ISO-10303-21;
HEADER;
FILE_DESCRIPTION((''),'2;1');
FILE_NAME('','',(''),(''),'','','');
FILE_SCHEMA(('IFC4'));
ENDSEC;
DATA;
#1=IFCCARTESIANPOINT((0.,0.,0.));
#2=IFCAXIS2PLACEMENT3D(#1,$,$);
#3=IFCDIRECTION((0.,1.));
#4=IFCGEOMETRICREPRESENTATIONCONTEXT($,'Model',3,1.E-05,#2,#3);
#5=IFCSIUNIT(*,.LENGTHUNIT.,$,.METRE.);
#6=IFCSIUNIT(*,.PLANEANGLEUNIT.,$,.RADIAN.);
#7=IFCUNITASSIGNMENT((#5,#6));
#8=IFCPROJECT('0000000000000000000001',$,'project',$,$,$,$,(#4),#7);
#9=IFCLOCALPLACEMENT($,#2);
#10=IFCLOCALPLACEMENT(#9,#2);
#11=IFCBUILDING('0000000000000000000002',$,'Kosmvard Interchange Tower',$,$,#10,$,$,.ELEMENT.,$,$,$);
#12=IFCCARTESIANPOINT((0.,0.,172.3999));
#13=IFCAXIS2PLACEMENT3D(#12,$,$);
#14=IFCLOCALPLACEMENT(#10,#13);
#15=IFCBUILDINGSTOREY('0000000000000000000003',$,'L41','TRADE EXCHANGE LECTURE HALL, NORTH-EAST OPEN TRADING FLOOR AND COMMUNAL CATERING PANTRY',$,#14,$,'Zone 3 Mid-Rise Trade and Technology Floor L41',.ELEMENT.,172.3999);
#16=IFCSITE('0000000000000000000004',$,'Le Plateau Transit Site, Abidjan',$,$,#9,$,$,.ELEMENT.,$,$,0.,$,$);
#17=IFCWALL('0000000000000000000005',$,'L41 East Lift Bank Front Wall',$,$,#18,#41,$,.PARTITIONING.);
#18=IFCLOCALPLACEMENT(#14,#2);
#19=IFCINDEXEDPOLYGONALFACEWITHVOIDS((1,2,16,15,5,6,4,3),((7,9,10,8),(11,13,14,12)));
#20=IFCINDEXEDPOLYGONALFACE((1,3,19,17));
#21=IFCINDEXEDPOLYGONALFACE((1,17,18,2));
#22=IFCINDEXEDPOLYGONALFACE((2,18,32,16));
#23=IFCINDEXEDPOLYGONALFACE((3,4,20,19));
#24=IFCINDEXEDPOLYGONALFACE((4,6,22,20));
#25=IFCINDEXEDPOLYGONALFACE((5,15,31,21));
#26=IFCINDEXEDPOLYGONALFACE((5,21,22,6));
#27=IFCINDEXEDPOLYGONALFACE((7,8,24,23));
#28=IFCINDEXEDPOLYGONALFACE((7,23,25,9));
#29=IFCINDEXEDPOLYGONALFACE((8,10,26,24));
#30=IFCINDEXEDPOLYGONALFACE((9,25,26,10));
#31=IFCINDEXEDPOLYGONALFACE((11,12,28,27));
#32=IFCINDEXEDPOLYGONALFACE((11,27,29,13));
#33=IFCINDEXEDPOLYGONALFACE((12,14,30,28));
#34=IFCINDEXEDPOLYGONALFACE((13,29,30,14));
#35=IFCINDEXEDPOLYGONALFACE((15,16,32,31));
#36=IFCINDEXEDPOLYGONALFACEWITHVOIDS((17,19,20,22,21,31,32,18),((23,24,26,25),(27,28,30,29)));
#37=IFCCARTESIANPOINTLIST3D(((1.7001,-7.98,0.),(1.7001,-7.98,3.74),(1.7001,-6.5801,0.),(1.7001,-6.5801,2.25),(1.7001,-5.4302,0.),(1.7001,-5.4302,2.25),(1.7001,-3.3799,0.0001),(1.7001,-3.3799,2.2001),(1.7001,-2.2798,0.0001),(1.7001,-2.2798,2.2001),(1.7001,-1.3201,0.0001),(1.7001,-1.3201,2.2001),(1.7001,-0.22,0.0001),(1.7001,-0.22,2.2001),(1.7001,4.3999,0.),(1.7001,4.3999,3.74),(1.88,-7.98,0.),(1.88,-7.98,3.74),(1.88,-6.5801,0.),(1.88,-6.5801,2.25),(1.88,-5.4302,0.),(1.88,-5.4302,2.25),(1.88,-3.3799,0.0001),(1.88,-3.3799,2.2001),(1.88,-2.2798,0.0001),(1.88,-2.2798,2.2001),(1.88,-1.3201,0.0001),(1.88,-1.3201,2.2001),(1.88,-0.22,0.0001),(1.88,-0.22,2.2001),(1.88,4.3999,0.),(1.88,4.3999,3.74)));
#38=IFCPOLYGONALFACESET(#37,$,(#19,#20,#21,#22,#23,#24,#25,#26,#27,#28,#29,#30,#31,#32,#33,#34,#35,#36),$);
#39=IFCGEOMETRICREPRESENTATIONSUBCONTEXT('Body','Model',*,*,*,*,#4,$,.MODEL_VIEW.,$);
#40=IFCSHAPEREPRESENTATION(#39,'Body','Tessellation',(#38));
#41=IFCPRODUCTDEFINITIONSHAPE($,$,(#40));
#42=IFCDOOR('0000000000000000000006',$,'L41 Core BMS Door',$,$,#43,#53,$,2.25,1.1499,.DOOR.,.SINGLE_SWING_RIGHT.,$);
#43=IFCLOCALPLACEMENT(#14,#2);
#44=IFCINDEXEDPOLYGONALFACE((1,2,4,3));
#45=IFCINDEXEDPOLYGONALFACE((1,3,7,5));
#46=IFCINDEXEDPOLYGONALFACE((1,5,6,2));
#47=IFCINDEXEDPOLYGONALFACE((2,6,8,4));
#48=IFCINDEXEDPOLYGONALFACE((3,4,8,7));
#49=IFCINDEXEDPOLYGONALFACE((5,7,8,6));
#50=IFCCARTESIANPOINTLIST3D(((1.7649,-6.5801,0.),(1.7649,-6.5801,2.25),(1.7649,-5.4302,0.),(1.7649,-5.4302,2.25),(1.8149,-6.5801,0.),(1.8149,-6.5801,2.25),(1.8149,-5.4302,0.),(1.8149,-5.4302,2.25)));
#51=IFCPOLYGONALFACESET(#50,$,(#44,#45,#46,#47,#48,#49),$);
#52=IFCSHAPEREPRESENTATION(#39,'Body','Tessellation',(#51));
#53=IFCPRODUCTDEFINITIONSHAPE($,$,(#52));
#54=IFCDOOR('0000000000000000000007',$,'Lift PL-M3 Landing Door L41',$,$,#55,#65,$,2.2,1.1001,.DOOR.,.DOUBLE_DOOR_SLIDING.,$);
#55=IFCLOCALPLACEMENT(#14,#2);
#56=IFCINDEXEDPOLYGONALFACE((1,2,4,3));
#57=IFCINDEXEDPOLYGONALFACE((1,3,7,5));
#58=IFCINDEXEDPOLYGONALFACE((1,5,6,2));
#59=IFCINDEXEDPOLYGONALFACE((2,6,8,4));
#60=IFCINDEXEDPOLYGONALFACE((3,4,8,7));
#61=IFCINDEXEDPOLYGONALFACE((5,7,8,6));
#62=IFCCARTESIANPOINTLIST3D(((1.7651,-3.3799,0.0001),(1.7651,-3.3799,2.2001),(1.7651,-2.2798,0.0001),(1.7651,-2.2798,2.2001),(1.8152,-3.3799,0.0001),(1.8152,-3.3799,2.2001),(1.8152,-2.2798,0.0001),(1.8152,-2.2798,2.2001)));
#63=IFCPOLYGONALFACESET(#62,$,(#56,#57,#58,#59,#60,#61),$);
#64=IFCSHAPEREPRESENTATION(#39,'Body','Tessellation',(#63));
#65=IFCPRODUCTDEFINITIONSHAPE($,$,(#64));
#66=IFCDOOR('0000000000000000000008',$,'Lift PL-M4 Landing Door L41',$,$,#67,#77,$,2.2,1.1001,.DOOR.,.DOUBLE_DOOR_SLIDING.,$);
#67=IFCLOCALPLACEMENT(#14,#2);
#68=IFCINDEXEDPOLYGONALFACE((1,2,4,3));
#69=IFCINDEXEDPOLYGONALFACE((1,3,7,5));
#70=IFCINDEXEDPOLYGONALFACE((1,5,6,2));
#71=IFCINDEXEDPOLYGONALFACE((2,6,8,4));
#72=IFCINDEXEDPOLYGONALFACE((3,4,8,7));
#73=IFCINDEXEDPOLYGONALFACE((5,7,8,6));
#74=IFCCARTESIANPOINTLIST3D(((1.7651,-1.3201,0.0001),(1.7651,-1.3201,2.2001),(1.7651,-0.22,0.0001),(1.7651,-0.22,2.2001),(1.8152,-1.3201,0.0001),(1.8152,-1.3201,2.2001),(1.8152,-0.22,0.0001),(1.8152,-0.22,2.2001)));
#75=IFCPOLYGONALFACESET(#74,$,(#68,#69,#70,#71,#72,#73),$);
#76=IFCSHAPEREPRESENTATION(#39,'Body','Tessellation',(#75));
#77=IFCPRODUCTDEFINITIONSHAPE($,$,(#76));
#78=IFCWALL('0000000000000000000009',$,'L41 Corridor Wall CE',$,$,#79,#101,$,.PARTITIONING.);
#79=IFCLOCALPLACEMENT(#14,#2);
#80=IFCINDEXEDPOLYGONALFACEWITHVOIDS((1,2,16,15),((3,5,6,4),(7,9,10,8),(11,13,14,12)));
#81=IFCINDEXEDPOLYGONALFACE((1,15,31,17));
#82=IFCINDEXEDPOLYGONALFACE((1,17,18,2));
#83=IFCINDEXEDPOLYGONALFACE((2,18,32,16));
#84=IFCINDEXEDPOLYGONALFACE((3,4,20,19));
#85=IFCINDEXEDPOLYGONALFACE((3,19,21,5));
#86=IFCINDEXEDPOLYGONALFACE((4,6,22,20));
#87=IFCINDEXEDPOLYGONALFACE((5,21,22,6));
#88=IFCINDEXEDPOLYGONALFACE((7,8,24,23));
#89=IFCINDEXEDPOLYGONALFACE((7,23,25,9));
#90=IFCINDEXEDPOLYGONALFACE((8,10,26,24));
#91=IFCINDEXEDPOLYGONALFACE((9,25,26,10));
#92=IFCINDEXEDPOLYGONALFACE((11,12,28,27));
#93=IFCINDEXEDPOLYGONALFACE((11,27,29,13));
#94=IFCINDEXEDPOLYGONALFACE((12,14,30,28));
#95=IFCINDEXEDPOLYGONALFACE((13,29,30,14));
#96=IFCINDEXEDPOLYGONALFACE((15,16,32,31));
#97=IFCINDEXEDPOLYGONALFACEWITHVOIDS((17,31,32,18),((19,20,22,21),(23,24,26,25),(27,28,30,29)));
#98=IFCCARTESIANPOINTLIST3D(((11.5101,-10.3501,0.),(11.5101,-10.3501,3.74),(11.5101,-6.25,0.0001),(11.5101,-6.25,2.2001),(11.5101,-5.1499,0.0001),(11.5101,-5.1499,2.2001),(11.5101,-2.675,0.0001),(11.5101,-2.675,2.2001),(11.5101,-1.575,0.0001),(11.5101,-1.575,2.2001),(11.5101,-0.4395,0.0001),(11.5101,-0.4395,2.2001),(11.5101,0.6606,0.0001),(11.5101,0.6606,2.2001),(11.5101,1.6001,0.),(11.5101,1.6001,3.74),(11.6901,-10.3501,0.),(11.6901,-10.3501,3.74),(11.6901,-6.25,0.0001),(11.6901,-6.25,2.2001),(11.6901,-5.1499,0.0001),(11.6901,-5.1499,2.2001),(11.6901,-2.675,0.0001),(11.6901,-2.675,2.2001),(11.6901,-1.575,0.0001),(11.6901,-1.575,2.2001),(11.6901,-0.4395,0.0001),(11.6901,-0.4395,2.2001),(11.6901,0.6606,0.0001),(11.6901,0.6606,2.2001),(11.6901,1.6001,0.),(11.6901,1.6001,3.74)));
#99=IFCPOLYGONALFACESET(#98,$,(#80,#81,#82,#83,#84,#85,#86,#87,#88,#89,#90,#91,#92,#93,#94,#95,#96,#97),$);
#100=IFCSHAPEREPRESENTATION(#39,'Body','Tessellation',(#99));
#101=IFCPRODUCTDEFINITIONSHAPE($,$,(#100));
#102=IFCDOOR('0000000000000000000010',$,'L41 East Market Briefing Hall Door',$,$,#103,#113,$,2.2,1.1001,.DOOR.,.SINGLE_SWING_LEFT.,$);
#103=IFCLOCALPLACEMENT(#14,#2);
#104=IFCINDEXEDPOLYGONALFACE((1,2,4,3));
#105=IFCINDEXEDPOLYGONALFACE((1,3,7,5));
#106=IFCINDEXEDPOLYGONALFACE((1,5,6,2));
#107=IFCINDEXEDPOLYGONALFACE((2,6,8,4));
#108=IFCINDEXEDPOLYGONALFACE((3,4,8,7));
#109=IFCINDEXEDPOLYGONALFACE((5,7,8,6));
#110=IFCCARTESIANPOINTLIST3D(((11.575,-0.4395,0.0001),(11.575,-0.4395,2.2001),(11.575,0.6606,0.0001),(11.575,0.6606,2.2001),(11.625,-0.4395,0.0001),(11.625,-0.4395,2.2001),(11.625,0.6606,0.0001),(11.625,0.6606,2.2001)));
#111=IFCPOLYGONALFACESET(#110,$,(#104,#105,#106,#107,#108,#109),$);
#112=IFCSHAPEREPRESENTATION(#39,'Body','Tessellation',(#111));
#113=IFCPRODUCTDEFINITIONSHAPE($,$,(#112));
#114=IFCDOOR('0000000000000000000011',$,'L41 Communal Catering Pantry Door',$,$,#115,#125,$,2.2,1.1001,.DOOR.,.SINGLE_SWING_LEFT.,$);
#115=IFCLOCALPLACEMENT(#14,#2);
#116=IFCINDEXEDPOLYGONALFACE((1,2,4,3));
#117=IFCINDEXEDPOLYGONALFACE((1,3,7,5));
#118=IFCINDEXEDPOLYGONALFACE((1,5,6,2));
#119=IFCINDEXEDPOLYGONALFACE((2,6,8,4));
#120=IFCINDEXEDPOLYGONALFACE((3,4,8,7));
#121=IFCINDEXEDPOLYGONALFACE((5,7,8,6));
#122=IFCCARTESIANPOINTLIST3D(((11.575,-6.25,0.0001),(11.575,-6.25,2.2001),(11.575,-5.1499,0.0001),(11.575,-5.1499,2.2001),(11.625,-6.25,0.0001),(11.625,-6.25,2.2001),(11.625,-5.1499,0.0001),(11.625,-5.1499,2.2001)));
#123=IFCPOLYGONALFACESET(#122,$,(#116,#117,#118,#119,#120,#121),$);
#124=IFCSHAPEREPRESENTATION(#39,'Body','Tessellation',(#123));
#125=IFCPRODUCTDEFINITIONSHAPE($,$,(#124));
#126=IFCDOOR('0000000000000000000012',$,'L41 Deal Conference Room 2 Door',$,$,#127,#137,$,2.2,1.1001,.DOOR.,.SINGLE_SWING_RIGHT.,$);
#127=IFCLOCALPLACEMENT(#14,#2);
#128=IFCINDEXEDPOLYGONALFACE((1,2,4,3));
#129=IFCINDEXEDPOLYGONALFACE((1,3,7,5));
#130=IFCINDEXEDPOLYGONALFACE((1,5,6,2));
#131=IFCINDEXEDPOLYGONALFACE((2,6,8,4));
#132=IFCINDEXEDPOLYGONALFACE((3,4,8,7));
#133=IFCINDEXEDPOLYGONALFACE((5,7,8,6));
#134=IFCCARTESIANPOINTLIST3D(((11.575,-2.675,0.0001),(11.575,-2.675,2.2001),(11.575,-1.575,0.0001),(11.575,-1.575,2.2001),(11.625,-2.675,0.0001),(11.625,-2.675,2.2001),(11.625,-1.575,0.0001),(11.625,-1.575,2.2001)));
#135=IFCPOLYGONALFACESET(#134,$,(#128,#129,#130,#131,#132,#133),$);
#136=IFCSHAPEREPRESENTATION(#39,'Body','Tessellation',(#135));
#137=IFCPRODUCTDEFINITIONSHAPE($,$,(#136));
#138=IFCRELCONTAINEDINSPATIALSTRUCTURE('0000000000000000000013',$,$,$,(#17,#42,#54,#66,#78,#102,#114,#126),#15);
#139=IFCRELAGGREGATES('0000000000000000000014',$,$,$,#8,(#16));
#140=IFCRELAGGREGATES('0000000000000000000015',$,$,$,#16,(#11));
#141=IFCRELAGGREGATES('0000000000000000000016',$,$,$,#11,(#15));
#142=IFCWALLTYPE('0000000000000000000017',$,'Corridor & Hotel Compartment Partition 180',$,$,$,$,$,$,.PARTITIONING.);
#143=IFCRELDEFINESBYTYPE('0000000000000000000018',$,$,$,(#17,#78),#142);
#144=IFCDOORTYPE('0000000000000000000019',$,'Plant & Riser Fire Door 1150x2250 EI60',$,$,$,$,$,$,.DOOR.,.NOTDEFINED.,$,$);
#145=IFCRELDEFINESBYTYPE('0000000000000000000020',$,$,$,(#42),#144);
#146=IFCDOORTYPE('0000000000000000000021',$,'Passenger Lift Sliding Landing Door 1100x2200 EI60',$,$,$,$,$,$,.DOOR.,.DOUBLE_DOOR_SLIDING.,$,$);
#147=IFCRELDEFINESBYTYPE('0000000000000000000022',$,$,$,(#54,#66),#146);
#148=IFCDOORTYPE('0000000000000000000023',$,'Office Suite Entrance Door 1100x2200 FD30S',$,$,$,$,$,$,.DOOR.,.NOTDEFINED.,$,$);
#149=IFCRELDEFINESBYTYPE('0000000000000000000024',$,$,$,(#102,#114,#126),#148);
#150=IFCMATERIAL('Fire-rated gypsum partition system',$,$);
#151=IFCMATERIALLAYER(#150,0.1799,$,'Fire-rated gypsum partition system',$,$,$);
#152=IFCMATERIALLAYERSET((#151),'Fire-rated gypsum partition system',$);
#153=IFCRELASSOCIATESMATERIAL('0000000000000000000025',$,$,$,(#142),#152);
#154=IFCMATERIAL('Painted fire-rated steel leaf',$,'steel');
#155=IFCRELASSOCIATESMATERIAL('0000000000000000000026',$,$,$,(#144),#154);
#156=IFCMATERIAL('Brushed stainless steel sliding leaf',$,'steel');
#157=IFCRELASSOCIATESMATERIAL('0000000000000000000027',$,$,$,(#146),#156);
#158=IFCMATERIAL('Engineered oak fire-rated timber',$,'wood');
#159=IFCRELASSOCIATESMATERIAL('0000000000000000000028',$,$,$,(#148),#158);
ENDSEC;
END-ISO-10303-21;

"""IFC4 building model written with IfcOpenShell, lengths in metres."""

from ifc_helpers import new_model, si_unit, direction, frame, frame_2d, origin, place, context, subcontext, project, spatial, rectangle, extrude, source, transform, mapped, material, layer, layer_set, type_object, element, fill, save


model = new_model("IFC4")

# Units and contexts
model_context = context("Model", 3, precision=1e-05, world=origin(), true_north=direction((0.0, 1.0)))
body_context = subcontext(model_context, "Body", "Model", "MODEL_VIEW")
ifc_project = project(units=[si_unit("LENGTHUNIT", "METRE"), si_unit("PLANEANGLEUNIT", "RADIAN")], contexts=[model_context])

# Site, building, storey
site_placement = place(None, origin())
site = spatial("IfcSite", under=ifc_project, at=site_placement, Name="Le Plateau Transit Site, Abidjan", CompositionType="ELEMENT", RefElevation=0.0)
building_placement = place(site_placement, origin())
building = spatial("IfcBuilding", under=site, at=building_placement, Name="Kosmvard Interchange Tower", CompositionType="ELEMENT")
storey_placement = place(building_placement, frame((0.0, 0.0, 172.3999)))
storey = spatial("IfcBuildingStorey", under=building, at=storey_placement, Name="L41", Description="TRADE EXCHANGE LECTURE HALL, NORTH-EAST OPEN TRADING FLOOR AND COMMUNAL CATERING PANTRY", LongName="Zone 3 Mid-Rise Trade and Technology Floor L41", CompositionType="ELEMENT", Elevation=172.3999)

# Walls, openings, doors
ifc_material_1 = material(Name="Fire-rated gypsum partition system")
ifc_layer_1 = layer(ifc_material_1, 0.1799, Name="Fire-rated gypsum partition system")
ifc_layer_set_1 = layer_set([ifc_layer_1], Name="Fire-rated gypsum partition system")
wall_type_1 = type_object("IfcWallType", Name="Corridor & Hotel Compartment Partition 180", PredefinedType="PARTITIONING", material=ifc_layer_set_1)
wall_1_placement = place(storey_placement, frame((1.79, -7.98, 0.0), z_axis=(0.0, 0.0, 1.0), x_axis=(0.0, 1.0, 0.0)))
wall_1 = element("IfcWall", 1, at=wall_1_placement, inside=storey, type_object=wall_type_1, Name="L41 East Lift Bank Front Wall", PredefinedType="PARTITIONING", context=body_context, shape_type="SweptSolid", body=[
    extrude(rectangle(XDim=12.3799, YDim=0.1799, at=frame_2d((6.1899, 0.0))), origin(), (0.0, 0.0, 1.0), 3.74),
])
opening_1_placement = place(wall_1_placement, frame((4.6001, 0.0, 0.0)))
opening_1 = element("IfcOpeningElement", 2, at=opening_1_placement, cuts=wall_1, PredefinedType="OPENING", context=body_context, shape_type="SweptSolid", body=[
    extrude(rectangle(XDim=1.1001, YDim=2.2, at=frame_2d((0.55, 1.1001))), frame((0.0, 0.1001, 0.0), z_axis=(0.0, -1.0, 0.0), x_axis=(1.0, 0.0, 0.0)), (0.0, 0.0, 1.0), 0.2),
])
opening_2_placement = place(wall_1_placement, frame((6.6599, 0.0, 0.0)))
opening_2 = element("IfcOpeningElement", 3, at=opening_2_placement, cuts=wall_1, PredefinedType="OPENING", context=body_context, shape_type="SweptSolid", body=[
    extrude(rectangle(XDim=1.1001, YDim=2.2, at=frame_2d((0.55, 1.1001))), frame((0.0, 0.1001, 0.0), z_axis=(0.0, -1.0, 0.0), x_axis=(1.0, 0.0, 0.0)), (0.0, 0.0, 1.0), 0.2),
])
opening_3_placement = place(wall_1_placement, frame((1.3999, 0.0, 0.0)))
opening_3 = element("IfcOpeningElement", 4, at=opening_3_placement, cuts=wall_1, PredefinedType="OPENING", context=body_context, shape_type="SweptSolid", body=[
    extrude(rectangle(XDim=1.1499, YDim=2.25, at=frame_2d((0.575, 1.125))), frame((0.0, 0.1001, 0.0), z_axis=(0.0, -1.0, 0.0), x_axis=(1.0, 0.0, 0.0)), (0.0, 0.0, 1.0), 0.2),
])
ifc_material_2 = material(Name="Painted fire-rated steel leaf", Category="steel")
door_type_1 = type_object("IfcDoorType", Name="Plant & Riser Fire Door 1150x2250 EI60", OperationType="NOTDEFINED", PredefinedType="DOOR", material=ifc_material_2)
shared_shape_1 = source(origin(), body_context, "Body", "SweptSolid", [
    extrude(rectangle(XDim=1.1499, YDim=2.25, at=frame_2d((0.575, 1.125))), frame((0.0, 0.0249, 0.0), z_axis=(0.0, -1.0, 0.0), x_axis=(1.0, 0.0, 0.0)), (0.0, 0.0, 1.0), 0.05),
])
door_1_placement = place(opening_3_placement, frame((1.1499, 0.0, 0.0), z_axis=(0.0, 0.0, 1.0), x_axis=(-1.0, 0.0, 0.0)))
door_1 = element("IfcDoor", 5, at=door_1_placement, inside=storey, type_object=door_type_1, Name="L41 Core BMS Door", OperationType="SINGLE_SWING_RIGHT", OverallHeight=2.25, OverallWidth=1.1499, PredefinedType="DOOR", context=body_context, shape_type="MappedRepresentation", body=[
    mapped(shared_shape_1, transform((0.0, 0.0, 0.0), scale=1.0)),
])
fill(opening_3, door_1)
ifc_material_3 = material(Name="Brushed stainless steel sliding leaf", Category="steel")
door_type_2 = type_object("IfcDoorType", Name="Passenger Lift Sliding Landing Door 1100x2200 EI60", OperationType="DOUBLE_DOOR_SLIDING", PredefinedType="DOOR", material=ifc_material_3)
shared_shape_2 = source(origin(), body_context, "Body", "SweptSolid", [
    extrude(rectangle(XDim=1.1001, YDim=2.2, at=frame_2d((0.55, 1.1001))), frame((0.0, 0.0249, 0.0), z_axis=(0.0, -1.0, 0.0), x_axis=(1.0, 0.0, 0.0)), (0.0, 0.0, 1.0), 0.05),
])
door_2_placement = place(opening_1_placement, origin())
door_2 = element("IfcDoor", 6, at=door_2_placement, inside=storey, type_object=door_type_2, Name="Lift PL-M3 Landing Door L41", OperationType="DOUBLE_DOOR_SLIDING", OverallHeight=2.2, OverallWidth=1.1001, PredefinedType="DOOR", context=body_context, shape_type="MappedRepresentation", body=[
    mapped(shared_shape_2, transform((0.0, 0.0, 0.0), scale=1.0)),
])
fill(opening_1, door_2)
door_3_placement = place(opening_2_placement, origin())
door_3 = element("IfcDoor", 7, at=door_3_placement, inside=storey, type_object=door_type_2, Name="Lift PL-M4 Landing Door L41", OperationType="DOUBLE_DOOR_SLIDING", OverallHeight=2.2, OverallWidth=1.1001, PredefinedType="DOOR", context=body_context, shape_type="MappedRepresentation", body=[
    mapped(shared_shape_2, transform((0.0, 0.0, 0.0), scale=1.0)),
])
fill(opening_2, door_3)
wall_2_placement = place(storey_placement, frame((11.6001, -10.3501, 0.0), z_axis=(0.0, 0.0, 1.0), x_axis=(0.0, 1.0, 0.0)))
wall_2 = element("IfcWall", 8, at=wall_2_placement, inside=storey, type_object=wall_type_1, Name="L41 Corridor Wall CE", PredefinedType="PARTITIONING", context=body_context, shape_type="SweptSolid", body=[
    extrude(rectangle(XDim=11.9502, YDim=0.1799, at=frame_2d((5.9751, 0.0))), origin(), (0.0, 0.0, 1.0), 3.74),
])
opening_4_placement = place(wall_2_placement, frame((9.9106, 0.0, 0.0)))
opening_4 = element("IfcOpeningElement", 9, at=opening_4_placement, cuts=wall_2, PredefinedType="OPENING", context=body_context, shape_type="SweptSolid", body=[
    extrude(rectangle(XDim=1.1001, YDim=2.2, at=frame_2d((0.55, 1.1001))), frame((0.0, 0.1001, 0.0), z_axis=(0.0, -1.0, 0.0), x_axis=(1.0, 0.0, 0.0)), (0.0, 0.0, 1.0), 0.2),
])
opening_5_placement = place(wall_2_placement, frame((4.1001, 0.0, 0.0)))
opening_5 = element("IfcOpeningElement", 10, at=opening_5_placement, cuts=wall_2, PredefinedType="OPENING", context=body_context, shape_type="SweptSolid", body=[
    extrude(rectangle(XDim=1.1001, YDim=2.2, at=frame_2d((0.55, 1.1001))), frame((0.0, 0.1001, 0.0), z_axis=(0.0, -1.0, 0.0), x_axis=(1.0, 0.0, 0.0)), (0.0, 0.0, 1.0), 0.2),
])
opening_6_placement = place(wall_2_placement, frame((7.675, 0.0, 0.0)))
opening_6 = element("IfcOpeningElement", 11, at=opening_6_placement, cuts=wall_2, PredefinedType="OPENING", context=body_context, shape_type="SweptSolid", body=[
    extrude(rectangle(XDim=1.1001, YDim=2.2, at=frame_2d((0.55, 1.1001))), frame((0.0, 0.1001, 0.0), z_axis=(0.0, -1.0, 0.0), x_axis=(1.0, 0.0, 0.0)), (0.0, 0.0, 1.0), 0.2),
])
ifc_material_4 = material(Name="Engineered oak fire-rated timber", Category="wood")
door_type_3 = type_object("IfcDoorType", Name="Office Suite Entrance Door 1100x2200 FD30S", OperationType="NOTDEFINED", PredefinedType="DOOR", material=ifc_material_4)
door_4_placement = place(opening_4_placement, frame((1.1001, 0.0, 0.0), z_axis=(0.0, 0.0, 1.0), x_axis=(-1.0, 0.0, 0.0)))
door_4 = element("IfcDoor", 12, at=door_4_placement, inside=storey, type_object=door_type_3, Name="L41 East Market Briefing Hall Door", OperationType="SINGLE_SWING_LEFT", OverallHeight=2.2, OverallWidth=1.1001, PredefinedType="DOOR", context=body_context, shape_type="MappedRepresentation", body=[
    mapped(shared_shape_2, transform((0.0, 0.0, 0.0), scale=1.0)),
])
fill(opening_4, door_4)
door_5_placement = place(opening_5_placement, frame((1.1001, 0.0, 0.0), z_axis=(0.0, 0.0, 1.0), x_axis=(-1.0, 0.0, 0.0)))
door_5 = element("IfcDoor", 13, at=door_5_placement, inside=storey, type_object=door_type_3, Name="L41 Communal Catering Pantry Door", OperationType="SINGLE_SWING_LEFT", OverallHeight=2.2, OverallWidth=1.1001, PredefinedType="DOOR", context=body_context, shape_type="MappedRepresentation", body=[
    mapped(shared_shape_2, transform((0.0, 0.0, 0.0), scale=1.0)),
])
fill(opening_5, door_5)
door_6_placement = place(opening_6_placement, frame((1.1001, 0.0, 0.0), z_axis=(0.0, 0.0, 1.0), x_axis=(-1.0, 0.0, 0.0)))
door_6 = element("IfcDoor", 14, at=door_6_placement, inside=storey, type_object=door_type_3, Name="L41 Deal Conference Room 2 Door", OperationType="SINGLE_SWING_RIGHT", OverallHeight=2.2, OverallWidth=1.1001, PredefinedType="DOOR", context=body_context, shape_type="MappedRepresentation", body=[
    mapped(shared_shape_2, transform((0.0, 0.0, 0.0), scale=1.0)),
])
fill(opening_6, door_6)

save(model, "model.ifc")
